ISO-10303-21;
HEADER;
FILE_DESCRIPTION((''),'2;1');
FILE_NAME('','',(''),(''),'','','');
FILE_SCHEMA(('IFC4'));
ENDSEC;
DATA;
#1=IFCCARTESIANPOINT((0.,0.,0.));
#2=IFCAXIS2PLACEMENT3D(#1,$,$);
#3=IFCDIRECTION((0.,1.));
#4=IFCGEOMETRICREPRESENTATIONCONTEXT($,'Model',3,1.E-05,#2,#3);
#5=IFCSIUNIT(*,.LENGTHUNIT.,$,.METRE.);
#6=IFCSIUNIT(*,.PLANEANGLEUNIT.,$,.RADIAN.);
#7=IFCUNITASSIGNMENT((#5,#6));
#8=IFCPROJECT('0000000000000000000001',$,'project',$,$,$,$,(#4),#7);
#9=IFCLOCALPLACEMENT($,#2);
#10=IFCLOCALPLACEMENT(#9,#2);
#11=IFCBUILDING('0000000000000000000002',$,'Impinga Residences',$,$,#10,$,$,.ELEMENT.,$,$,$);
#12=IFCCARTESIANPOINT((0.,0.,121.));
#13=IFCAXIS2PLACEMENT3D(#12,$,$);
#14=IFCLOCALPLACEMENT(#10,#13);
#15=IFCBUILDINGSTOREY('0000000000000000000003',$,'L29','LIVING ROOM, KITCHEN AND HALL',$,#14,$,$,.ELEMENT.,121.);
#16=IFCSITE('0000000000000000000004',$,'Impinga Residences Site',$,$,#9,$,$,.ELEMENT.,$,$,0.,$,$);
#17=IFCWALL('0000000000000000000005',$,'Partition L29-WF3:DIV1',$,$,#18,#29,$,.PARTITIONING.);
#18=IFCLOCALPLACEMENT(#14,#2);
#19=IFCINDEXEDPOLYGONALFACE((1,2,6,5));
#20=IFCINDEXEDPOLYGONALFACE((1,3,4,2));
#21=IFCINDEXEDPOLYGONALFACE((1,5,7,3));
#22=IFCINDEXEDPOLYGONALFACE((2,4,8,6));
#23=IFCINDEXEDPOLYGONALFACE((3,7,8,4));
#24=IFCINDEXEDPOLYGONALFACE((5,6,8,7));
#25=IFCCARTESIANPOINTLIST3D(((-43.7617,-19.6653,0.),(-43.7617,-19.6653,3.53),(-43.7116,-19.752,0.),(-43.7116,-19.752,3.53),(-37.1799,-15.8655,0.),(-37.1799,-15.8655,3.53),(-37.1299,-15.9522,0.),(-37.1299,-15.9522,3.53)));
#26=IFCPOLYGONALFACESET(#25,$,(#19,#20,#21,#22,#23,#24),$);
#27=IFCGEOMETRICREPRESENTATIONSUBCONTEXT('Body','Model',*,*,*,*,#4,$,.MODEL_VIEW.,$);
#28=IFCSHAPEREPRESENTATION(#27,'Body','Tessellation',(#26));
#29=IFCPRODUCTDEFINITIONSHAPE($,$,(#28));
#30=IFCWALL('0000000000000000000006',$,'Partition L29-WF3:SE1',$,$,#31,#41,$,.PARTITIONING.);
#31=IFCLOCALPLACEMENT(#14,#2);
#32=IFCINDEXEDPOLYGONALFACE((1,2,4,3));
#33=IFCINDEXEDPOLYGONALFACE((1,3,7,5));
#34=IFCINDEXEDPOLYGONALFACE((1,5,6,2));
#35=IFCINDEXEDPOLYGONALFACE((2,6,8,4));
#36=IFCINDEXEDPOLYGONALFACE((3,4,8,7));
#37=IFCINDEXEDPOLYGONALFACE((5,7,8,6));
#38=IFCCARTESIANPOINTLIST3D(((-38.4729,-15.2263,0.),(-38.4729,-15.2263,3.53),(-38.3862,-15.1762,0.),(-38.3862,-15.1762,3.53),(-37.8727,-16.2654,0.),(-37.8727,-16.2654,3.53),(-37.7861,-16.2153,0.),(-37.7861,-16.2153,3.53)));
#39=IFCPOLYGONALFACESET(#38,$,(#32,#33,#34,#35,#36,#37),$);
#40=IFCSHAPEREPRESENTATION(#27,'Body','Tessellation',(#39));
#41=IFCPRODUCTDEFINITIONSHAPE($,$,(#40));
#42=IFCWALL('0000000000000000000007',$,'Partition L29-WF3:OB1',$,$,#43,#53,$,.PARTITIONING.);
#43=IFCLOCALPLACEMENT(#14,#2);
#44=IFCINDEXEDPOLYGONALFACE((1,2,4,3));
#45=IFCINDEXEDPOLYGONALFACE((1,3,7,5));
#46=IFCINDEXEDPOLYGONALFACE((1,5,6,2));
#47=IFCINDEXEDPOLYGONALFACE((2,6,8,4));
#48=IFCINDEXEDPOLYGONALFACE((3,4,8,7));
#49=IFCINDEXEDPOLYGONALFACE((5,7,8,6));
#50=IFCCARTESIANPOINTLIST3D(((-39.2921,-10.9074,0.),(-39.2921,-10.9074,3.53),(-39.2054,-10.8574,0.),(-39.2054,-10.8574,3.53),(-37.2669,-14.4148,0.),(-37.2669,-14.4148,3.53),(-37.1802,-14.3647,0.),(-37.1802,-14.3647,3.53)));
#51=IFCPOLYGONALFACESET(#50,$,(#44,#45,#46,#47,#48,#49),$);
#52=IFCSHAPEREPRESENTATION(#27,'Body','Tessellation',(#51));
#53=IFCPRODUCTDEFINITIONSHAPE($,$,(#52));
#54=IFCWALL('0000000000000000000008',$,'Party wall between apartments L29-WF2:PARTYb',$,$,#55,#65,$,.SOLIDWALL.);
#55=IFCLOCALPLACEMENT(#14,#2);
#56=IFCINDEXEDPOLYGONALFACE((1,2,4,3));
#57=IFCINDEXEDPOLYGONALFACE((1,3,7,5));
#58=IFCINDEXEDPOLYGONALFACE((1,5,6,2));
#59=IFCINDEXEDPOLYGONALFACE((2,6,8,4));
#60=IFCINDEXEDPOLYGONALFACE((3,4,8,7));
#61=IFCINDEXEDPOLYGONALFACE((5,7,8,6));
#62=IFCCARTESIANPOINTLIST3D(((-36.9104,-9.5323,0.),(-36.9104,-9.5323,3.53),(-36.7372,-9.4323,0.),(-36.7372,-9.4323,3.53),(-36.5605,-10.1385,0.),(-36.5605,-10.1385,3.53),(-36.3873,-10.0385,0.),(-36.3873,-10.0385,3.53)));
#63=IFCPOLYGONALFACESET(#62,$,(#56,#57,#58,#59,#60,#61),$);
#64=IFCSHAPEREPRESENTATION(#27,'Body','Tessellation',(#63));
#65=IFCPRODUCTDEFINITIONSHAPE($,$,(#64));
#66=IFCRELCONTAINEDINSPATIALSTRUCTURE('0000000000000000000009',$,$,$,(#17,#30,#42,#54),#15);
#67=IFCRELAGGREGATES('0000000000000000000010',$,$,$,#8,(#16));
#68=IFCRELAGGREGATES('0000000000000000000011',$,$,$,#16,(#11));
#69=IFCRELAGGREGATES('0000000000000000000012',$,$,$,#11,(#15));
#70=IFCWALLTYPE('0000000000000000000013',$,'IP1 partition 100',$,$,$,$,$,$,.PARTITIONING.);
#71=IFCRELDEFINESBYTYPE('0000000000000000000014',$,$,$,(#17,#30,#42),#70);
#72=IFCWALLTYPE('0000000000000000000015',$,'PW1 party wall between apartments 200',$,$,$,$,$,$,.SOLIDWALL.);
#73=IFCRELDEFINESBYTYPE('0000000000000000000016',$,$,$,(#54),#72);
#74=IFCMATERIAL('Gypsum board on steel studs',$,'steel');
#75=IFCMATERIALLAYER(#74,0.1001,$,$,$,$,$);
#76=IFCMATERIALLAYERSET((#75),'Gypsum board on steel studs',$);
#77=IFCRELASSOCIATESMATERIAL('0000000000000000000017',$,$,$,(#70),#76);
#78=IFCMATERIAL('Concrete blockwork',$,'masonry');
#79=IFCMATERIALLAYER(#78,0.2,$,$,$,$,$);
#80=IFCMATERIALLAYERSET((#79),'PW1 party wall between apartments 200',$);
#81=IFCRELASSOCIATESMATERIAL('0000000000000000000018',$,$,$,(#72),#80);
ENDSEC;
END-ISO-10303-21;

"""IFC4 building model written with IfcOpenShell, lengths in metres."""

from ifc_helpers import new_model, si_unit, direction, frame, frame_2d, origin, place, context, subcontext, project, spatial, rectangle, extrude, material, layer, layer_set, type_object, element, save


model = new_model("IFC4")

# Units and contexts
model_context = context("Model", 3, precision=1e-05, world=origin(), true_north=direction((0.0, 1.0)))
body_context = subcontext(model_context, "Body", "Model", "MODEL_VIEW")
ifc_project = project(units=[si_unit("LENGTHUNIT", "METRE"), si_unit("PLANEANGLEUNIT", "RADIAN")], contexts=[model_context])

# Site, building, storey
site_placement = place(None, origin())
site = spatial("IfcSite", under=ifc_project, at=site_placement, Name="Impinga Residences Site", CompositionType="ELEMENT", RefElevation=0.0)
building_placement = place(site_placement, origin())
building = spatial("IfcBuilding", under=site, at=building_placement, Name="Impinga Residences", CompositionType="ELEMENT")
storey_placement = place(building_placement, frame((0.0, 0.0, 121.0)))
storey = spatial("IfcBuildingStorey", under=building, at=storey_placement, Name="L29", Description="LIVING ROOM, KITCHEN AND HALL", CompositionType="ELEMENT", Elevation=121.0)

# Walls
ifc_material_1 = material(Name="Gypsum board on steel studs", Category="steel")
ifc_layer_1 = layer(ifc_material_1, 0.1001)
ifc_layer_set_1 = layer_set([ifc_layer_1], Name="Gypsum board on steel studs")
wall_type_1 = type_object("IfcWallType", Name="IP1 partition 100", PredefinedType="PARTITIONING", material=ifc_layer_set_1)
wall_1_placement = place(storey_placement, frame((-37.155, -15.9089, 0.0), z_axis=(0.0, 0.0, 1.0), x_axis=(-0.866036, -0.499981, 0.0)))
element("IfcWall", 1, at=wall_1_placement, inside=storey, type_object=wall_type_1, Name="Partition L29-WF3:DIV1", PredefinedType="PARTITIONING", context=body_context, shape_type="SweptSolid", body=[
    extrude(rectangle(XDim=7.5999, YDim=0.1001, at=frame_2d((3.7998, 0.0))), origin(), (0.0, 0.0, 1.0), 3.53),
])
wall_2_placement = place(storey_placement, frame((-37.8293, -16.2405, 0.0), z_axis=(0.0, 0.0, 1.0), x_axis=(-0.500122, 0.865955, 0.0)))
element("IfcWall", 2, at=wall_2_placement, inside=storey, type_object=wall_type_1, Name="Partition L29-WF3:SE1", PredefinedType="PARTITIONING", context=body_context, shape_type="SweptSolid", body=[
    extrude(rectangle(XDim=1.2, YDim=0.1001, at=frame_2d((0.6001, 0.0))), origin(), (0.0, 0.0, 1.0), 3.53),
])
wall_3_placement = place(storey_placement, frame((-37.2236, -14.3896, 0.0), z_axis=(0.0, 0.0, 1.0), x_axis=(-0.500036, 0.866005, 0.0)))
element("IfcWall", 3, at=wall_3_placement, inside=storey, type_object=wall_type_1, Name="Partition L29-WF3:OB1", PredefinedType="PARTITIONING", context=body_context, shape_type="SweptSolid", body=[
    extrude(rectangle(XDim=4.05, YDim=0.1001, at=frame_2d((2.0249, 0.0))), origin(), (0.0, 0.0, 1.0), 3.53),
])
ifc_material_2 = material(Name="Concrete blockwork", Category="masonry")
ifc_layer_2 = layer(ifc_material_2, 0.2)
ifc_layer_set_2 = layer_set([ifc_layer_2], Name="PW1 party wall between apartments 200")
wall_type_2 = type_object("IfcWallType", Name="PW1 party wall between apartments 200", PredefinedType="SOLIDWALL", material=ifc_layer_set_2)
wall_4_placement = place(storey_placement, frame((-36.4739, -10.0886, 0.0), z_axis=(0.0, 0.0, 1.0), x_axis=(-0.499853, 0.86611, 0.0)))
element("IfcWall", 4, at=wall_4_placement, inside=storey, type_object=wall_type_2, Name="Party wall between apartments L29-WF2:PARTYb", PredefinedType="SOLIDWALL", context=body_context, shape_type="SweptSolid", body=[
    extrude(rectangle(XDim=0.7, YDim=0.2, at=frame_2d((0.3501, 0.0))), origin(), (0.0, 0.0, 1.0), 3.53),
])

save(model, "model.ifc")
